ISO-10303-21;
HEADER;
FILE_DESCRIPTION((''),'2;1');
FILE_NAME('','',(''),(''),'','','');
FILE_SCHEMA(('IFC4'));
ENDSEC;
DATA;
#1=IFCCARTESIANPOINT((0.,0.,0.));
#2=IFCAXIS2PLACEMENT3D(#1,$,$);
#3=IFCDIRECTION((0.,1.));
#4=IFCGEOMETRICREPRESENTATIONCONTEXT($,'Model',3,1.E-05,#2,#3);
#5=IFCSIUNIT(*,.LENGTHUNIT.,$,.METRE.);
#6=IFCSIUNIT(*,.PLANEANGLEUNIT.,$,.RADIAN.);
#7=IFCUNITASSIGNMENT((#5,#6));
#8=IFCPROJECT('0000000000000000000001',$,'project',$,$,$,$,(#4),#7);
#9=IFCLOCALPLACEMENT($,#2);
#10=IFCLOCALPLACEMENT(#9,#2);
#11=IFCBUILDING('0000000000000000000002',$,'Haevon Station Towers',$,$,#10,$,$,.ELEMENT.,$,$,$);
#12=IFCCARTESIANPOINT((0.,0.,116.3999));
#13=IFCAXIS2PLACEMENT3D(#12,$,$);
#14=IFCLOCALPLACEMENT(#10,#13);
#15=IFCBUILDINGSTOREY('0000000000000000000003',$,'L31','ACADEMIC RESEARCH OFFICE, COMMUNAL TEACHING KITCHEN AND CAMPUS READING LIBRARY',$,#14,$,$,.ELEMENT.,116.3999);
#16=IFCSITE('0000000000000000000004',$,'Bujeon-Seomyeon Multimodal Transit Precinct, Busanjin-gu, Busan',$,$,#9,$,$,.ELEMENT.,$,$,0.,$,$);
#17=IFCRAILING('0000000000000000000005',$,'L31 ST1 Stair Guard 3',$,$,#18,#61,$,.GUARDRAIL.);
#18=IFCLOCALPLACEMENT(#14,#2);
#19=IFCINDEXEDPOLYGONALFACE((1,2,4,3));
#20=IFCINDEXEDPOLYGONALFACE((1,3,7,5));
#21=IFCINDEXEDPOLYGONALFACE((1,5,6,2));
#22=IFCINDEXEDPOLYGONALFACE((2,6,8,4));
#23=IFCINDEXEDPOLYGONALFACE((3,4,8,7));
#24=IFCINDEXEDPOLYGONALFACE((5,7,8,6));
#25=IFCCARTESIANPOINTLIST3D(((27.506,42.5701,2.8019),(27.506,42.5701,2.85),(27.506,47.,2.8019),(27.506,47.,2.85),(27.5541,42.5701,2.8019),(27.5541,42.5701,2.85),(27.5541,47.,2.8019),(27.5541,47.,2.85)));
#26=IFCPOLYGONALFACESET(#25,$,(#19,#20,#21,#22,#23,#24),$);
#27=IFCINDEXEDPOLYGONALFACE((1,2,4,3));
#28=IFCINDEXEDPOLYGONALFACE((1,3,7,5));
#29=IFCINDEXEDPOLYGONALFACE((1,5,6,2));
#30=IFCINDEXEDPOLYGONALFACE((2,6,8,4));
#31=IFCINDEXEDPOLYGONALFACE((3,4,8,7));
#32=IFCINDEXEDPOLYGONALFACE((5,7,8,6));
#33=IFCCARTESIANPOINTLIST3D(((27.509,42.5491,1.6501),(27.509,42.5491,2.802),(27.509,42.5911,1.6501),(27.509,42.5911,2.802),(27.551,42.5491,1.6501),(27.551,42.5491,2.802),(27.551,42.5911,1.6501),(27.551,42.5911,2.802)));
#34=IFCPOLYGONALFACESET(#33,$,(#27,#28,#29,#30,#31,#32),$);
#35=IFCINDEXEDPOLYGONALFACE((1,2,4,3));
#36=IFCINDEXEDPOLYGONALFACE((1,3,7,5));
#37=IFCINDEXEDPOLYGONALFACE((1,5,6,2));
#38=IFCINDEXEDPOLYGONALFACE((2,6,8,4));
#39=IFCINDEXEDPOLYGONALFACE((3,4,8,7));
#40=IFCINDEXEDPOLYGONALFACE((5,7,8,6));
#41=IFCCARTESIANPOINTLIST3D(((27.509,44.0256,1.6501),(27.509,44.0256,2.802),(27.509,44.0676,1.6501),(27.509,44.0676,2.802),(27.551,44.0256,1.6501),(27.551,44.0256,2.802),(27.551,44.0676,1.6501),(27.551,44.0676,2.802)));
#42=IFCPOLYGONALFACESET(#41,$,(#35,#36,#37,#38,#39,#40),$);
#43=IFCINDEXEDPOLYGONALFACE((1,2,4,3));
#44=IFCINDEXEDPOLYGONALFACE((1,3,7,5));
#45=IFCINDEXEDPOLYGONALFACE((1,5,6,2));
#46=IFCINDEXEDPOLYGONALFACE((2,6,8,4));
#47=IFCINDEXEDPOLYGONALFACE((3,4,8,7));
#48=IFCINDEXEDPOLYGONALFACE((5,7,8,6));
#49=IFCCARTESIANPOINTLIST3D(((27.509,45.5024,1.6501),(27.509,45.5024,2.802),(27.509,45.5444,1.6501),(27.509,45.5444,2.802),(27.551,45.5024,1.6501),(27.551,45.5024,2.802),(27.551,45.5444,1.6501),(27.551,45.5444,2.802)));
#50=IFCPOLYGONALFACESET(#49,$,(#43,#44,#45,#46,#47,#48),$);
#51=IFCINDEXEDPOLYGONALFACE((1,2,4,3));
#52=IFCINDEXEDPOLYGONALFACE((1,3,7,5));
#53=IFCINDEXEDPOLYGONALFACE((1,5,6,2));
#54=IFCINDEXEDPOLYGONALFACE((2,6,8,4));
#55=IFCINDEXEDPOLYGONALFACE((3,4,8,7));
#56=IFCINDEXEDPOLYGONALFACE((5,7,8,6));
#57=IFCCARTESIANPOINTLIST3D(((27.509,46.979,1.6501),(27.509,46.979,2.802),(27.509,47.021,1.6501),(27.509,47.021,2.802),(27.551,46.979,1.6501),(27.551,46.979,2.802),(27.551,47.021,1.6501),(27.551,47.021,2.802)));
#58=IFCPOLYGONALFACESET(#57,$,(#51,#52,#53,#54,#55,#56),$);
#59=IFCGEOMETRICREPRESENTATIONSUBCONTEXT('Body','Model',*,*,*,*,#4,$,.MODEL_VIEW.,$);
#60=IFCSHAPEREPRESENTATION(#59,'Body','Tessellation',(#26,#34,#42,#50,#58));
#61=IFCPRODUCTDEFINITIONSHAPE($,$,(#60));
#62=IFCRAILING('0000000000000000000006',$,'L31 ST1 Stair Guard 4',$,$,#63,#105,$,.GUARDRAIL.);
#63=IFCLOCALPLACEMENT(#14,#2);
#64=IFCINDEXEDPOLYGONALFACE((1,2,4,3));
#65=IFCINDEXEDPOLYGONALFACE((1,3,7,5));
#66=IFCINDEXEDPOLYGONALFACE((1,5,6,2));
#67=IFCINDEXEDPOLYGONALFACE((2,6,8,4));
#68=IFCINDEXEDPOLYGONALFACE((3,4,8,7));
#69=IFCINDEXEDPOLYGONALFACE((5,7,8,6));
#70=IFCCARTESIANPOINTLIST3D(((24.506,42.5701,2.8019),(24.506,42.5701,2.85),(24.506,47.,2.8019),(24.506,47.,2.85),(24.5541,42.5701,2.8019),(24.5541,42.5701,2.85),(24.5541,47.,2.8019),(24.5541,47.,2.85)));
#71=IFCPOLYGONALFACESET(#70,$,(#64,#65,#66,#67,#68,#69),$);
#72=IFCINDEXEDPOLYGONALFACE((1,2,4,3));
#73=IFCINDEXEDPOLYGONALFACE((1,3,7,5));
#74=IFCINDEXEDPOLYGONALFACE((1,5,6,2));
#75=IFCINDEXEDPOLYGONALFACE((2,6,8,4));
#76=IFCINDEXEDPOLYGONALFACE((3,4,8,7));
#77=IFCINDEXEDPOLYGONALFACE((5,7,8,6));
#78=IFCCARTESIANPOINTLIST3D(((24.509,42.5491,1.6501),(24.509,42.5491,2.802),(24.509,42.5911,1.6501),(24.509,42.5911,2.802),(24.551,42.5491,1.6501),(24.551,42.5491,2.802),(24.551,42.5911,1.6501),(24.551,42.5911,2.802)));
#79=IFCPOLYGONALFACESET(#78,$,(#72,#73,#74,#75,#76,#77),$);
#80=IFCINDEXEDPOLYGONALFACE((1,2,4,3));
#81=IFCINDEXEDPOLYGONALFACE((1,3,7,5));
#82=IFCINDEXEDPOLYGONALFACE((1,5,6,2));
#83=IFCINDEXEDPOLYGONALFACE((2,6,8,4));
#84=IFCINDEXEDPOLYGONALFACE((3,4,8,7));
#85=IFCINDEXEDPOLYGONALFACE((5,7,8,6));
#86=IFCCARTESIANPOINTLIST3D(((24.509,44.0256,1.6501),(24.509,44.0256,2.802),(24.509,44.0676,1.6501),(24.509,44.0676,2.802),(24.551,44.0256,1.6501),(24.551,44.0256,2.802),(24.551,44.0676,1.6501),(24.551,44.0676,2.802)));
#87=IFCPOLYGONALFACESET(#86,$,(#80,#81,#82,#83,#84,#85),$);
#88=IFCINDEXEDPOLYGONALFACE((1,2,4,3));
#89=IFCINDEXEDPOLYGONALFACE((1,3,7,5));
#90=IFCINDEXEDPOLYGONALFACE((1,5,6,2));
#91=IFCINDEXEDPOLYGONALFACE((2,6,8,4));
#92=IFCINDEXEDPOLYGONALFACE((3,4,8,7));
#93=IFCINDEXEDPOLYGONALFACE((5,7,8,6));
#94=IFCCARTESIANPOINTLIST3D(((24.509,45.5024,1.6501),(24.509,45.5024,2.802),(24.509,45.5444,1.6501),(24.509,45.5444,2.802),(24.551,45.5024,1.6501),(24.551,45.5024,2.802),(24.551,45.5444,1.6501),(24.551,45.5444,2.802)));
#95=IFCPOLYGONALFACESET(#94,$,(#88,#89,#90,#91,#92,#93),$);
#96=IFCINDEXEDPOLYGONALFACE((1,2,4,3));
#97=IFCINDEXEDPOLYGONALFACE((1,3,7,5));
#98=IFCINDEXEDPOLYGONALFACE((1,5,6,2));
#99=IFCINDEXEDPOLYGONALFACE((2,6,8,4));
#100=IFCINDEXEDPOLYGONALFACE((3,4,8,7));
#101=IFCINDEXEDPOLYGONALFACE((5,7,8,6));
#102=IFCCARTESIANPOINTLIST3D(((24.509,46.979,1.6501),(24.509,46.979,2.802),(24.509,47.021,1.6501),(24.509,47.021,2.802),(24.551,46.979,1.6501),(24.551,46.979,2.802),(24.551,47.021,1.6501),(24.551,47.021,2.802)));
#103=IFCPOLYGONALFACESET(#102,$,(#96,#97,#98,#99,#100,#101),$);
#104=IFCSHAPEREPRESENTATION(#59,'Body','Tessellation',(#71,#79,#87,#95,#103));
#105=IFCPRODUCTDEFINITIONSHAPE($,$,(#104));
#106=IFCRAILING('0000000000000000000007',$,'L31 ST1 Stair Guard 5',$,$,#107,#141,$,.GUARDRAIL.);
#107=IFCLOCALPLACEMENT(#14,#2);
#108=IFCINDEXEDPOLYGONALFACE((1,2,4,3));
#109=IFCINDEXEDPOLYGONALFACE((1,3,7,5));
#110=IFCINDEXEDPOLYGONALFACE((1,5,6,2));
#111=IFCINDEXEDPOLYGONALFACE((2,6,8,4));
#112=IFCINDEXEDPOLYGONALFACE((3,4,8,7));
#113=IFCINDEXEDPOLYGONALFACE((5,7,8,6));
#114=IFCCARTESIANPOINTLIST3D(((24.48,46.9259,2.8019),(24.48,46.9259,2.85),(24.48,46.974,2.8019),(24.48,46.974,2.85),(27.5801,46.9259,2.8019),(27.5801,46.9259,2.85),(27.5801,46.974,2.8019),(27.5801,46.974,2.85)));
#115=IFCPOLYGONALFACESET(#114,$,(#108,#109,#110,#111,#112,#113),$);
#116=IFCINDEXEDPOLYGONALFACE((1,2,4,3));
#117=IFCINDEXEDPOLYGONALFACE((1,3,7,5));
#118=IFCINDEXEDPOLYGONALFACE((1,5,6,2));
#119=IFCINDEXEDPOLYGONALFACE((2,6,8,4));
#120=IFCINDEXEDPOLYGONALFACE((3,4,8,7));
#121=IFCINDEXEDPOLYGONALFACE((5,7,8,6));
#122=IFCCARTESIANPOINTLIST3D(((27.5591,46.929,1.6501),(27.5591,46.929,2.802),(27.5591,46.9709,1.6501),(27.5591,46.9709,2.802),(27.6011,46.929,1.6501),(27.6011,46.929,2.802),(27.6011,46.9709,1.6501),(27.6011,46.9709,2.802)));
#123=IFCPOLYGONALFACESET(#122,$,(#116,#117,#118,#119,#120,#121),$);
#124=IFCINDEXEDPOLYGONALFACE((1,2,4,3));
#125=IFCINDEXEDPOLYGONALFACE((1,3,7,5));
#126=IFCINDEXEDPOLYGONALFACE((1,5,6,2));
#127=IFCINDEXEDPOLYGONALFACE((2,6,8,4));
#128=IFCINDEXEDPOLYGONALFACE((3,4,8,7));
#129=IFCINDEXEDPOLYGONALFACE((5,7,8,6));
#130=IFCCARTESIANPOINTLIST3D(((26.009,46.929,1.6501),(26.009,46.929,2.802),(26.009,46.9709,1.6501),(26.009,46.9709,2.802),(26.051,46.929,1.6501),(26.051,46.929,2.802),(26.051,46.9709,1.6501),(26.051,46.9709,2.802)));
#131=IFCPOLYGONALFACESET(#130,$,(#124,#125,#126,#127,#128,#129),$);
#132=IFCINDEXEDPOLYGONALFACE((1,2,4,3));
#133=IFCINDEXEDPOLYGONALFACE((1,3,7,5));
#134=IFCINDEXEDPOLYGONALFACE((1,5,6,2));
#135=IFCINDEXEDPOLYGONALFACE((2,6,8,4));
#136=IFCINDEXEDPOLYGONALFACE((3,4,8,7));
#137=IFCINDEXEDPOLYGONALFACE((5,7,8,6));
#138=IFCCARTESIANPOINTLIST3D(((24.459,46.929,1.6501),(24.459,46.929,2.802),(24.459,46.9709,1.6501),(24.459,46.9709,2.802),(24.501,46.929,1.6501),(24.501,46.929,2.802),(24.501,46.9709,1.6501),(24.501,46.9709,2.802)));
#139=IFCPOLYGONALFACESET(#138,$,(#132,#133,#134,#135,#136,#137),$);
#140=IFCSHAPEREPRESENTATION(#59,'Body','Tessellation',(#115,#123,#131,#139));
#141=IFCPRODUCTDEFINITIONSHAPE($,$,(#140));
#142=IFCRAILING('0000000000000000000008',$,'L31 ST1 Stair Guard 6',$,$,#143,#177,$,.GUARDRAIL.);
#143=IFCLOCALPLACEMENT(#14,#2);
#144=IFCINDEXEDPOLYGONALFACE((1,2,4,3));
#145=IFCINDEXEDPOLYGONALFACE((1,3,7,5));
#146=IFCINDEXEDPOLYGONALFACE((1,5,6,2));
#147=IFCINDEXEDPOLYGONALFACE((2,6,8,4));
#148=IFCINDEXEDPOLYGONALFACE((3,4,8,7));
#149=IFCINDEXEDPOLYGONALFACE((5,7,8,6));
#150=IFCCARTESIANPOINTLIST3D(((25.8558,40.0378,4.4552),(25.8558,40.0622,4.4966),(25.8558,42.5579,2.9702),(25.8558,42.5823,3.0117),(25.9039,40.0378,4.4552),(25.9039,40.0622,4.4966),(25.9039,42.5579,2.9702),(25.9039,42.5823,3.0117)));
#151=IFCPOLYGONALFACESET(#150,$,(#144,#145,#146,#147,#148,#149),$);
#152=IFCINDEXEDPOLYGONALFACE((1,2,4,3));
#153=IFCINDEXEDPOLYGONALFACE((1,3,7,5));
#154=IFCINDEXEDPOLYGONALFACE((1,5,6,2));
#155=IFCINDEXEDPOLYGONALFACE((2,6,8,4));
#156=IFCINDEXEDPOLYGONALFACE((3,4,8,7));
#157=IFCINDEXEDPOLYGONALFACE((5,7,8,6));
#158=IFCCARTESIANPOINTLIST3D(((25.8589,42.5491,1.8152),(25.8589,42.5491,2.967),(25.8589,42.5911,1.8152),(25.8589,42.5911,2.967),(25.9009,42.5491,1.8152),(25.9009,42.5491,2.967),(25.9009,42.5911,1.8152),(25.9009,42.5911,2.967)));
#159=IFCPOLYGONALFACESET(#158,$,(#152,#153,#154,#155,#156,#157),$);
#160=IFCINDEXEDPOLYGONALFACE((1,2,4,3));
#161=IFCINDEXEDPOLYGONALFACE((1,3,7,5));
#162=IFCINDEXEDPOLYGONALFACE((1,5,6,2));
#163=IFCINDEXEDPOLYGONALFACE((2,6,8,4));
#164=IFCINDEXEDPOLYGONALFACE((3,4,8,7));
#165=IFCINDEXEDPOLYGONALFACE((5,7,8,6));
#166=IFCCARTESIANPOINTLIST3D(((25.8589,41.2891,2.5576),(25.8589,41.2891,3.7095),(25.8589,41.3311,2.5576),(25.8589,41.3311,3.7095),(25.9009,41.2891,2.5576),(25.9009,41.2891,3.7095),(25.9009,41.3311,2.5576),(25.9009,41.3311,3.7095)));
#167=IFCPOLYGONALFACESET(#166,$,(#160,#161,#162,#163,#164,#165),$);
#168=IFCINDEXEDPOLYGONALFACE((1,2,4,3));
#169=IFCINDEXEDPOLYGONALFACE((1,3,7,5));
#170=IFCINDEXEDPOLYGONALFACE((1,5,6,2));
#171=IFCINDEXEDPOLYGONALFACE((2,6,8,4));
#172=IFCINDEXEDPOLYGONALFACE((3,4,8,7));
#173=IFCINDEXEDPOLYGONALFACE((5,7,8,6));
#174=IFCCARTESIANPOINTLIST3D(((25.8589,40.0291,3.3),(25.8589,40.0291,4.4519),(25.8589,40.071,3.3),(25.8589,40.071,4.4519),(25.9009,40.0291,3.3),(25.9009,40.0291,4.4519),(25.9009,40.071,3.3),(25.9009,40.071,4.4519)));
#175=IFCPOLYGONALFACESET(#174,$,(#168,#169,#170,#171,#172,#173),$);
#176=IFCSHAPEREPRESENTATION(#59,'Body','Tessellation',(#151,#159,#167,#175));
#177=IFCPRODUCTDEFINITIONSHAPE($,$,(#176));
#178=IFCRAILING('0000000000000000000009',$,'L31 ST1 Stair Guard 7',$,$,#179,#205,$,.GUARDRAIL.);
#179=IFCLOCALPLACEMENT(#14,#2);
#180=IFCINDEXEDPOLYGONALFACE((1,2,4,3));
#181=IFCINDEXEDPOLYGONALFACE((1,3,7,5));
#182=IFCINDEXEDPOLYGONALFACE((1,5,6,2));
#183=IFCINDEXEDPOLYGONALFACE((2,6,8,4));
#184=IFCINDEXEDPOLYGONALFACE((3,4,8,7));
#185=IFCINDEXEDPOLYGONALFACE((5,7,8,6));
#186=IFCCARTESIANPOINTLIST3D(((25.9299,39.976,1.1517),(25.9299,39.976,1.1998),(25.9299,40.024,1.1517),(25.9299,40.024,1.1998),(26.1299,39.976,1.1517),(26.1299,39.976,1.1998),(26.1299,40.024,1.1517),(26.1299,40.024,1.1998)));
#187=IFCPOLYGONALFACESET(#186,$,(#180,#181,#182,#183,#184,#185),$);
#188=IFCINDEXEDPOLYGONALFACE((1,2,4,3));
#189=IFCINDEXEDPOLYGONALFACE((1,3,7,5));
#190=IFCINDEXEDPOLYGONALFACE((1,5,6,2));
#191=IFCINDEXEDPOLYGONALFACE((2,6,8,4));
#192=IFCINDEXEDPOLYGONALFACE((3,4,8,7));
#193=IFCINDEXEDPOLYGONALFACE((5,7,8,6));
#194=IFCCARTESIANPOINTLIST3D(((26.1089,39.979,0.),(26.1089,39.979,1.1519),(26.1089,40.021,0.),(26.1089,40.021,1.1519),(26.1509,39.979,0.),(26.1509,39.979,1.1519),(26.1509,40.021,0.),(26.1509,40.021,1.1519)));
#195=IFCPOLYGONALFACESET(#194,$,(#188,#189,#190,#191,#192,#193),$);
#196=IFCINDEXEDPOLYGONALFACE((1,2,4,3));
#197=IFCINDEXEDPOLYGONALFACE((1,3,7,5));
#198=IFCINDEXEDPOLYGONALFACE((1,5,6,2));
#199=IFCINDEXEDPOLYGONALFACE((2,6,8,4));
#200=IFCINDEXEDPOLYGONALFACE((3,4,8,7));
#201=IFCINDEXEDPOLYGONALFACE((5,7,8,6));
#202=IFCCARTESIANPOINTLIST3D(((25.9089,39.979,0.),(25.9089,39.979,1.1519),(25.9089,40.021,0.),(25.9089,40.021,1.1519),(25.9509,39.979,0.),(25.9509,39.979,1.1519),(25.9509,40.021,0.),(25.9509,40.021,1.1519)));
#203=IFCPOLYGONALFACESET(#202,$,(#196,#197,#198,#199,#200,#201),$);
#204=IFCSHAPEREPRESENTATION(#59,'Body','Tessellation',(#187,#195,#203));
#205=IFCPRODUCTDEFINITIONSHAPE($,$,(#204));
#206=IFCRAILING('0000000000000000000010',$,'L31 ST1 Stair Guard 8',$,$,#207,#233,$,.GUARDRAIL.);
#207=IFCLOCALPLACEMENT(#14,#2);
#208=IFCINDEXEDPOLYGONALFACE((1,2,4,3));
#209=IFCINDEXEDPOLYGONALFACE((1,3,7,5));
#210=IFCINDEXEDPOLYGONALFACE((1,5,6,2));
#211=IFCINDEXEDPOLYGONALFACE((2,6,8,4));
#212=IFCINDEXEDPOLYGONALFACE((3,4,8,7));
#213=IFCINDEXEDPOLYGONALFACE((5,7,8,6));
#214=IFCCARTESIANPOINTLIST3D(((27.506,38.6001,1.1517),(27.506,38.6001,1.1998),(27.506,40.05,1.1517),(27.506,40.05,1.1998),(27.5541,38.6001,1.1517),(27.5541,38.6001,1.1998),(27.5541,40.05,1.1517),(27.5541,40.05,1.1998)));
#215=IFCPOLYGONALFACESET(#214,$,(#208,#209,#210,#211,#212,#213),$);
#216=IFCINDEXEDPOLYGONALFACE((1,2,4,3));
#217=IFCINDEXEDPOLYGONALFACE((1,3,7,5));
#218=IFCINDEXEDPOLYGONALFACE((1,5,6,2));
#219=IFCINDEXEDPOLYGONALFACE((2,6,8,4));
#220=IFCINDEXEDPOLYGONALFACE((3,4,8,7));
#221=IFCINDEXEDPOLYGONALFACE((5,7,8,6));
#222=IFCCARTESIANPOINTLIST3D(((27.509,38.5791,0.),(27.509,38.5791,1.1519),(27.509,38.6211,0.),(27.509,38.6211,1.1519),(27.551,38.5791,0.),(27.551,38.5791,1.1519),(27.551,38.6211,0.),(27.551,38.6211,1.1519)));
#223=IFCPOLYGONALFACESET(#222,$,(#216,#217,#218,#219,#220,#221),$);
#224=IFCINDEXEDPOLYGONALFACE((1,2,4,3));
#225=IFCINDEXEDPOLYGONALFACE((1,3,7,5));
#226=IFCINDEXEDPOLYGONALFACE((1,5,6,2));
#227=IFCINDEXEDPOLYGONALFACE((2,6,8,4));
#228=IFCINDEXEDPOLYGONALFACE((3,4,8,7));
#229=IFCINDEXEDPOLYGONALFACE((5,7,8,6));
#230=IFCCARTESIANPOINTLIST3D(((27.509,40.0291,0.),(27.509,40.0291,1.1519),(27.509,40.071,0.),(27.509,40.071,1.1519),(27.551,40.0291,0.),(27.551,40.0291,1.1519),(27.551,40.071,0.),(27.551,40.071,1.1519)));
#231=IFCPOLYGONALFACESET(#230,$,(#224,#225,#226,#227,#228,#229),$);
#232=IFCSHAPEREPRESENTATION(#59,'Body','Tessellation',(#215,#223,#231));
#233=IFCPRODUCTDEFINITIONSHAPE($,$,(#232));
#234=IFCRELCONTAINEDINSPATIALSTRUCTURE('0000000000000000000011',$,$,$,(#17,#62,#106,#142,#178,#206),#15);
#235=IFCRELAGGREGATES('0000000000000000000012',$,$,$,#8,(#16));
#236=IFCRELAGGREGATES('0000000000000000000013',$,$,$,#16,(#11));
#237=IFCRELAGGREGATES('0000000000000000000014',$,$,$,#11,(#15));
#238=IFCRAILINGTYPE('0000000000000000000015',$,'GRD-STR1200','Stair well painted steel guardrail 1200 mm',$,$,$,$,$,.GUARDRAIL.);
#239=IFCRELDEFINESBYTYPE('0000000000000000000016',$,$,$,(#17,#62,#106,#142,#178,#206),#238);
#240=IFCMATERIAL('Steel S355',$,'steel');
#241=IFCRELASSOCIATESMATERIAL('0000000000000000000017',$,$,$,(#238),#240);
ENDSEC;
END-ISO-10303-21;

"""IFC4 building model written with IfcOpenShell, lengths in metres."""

from ifc_helpers import new_model, si_unit, direction, frame, origin, origin_2d, place, context, subcontext, project, spatial, rectangle, extrude, material, type_object, element, save


model = new_model("IFC4")

# Units and contexts
model_context = context("Model", 3, precision=1e-05, world=origin(), true_north=direction((0.0, 1.0)))
body_context = subcontext(model_context, "Body", "Model", "MODEL_VIEW")
ifc_project = project(units=[si_unit("LENGTHUNIT", "METRE"), si_unit("PLANEANGLEUNIT", "RADIAN")], contexts=[model_context])

# Site, building, storey
site_placement = place(None, origin())
site = spatial("IfcSite", under=ifc_project, at=site_placement, Name="Bujeon-Seomyeon Multimodal Transit Precinct, Busanjin-gu, Busan", CompositionType="ELEMENT", RefElevation=0.0)
building_placement = place(site_placement, origin())
building = spatial("IfcBuilding", under=site, at=building_placement, Name="Haevon Station Towers", CompositionType="ELEMENT")
storey_placement = place(building_placement, frame((0.0, 0.0, 116.3999)))
storey = spatial("IfcBuildingStorey", under=building, at=storey_placement, Name="L31", Description="ACADEMIC RESEARCH OFFICE, COMMUNAL TEACHING KITCHEN AND CAMPUS READING LIBRARY", CompositionType="ELEMENT", Elevation=116.3999)

# Shared definitions
ifc_material_1 = material(Name="Steel S355", Category="steel")

# Railings
railing_type_1 = type_object("IfcRailingType", Name="GRD-STR1200", Description="Stair well painted steel guardrail 1200 mm", PredefinedType="GUARDRAIL", material=ifc_material_1)
for number, where, name in (
    (1, (27.53, 42.5701, 1.6501), "L31 ST1 Stair Guard 3"),
    (2, (24.53, 42.5701, 1.6501), "L31 ST1 Stair Guard 4"),
):
    element("IfcRailing", number, at=place(storey_placement, frame(where)), inside=storey, type_object=railing_type_1, Name=name, PredefinedType="GUARDRAIL", context=body_context, shape_type="SweptSolid", body=[
        extrude(rectangle(XDim=0.0481, YDim=0.0481, at=origin_2d()), frame((0.0, 0.0, 1.1758), z_axis=(0.0, 1.0, 0.0), x_axis=(-1.0, 0.0, 0.0)), (0.0, 0.0, 1.0), 4.4299),
        extrude(rectangle(XDim=0.042, YDim=0.042, at=origin_2d()), origin(), (0.0, 0.0, 1.0), 1.1519),
        extrude(rectangle(XDim=0.042, YDim=0.042, at=origin_2d()), frame((0.0, 1.4766, 0.0)), (0.0, 0.0, 1.0), 1.1519),
        extrude(rectangle(XDim=0.042, YDim=0.042, at=origin_2d()), frame((0.0, 2.9534, 0.0)), (0.0, 0.0, 1.0), 1.1519),
        extrude(rectangle(XDim=0.042, YDim=0.042, at=origin_2d()), frame((0.0, 4.4299, 0.0)), (0.0, 0.0, 1.0), 1.1519),
    ])
railing_1_placement = place(storey_placement, frame((27.5801, 46.95, 1.6501)))
element("IfcRailing", 3, at=railing_1_placement, inside=storey, type_object=railing_type_1, Name="L31 ST1 Stair Guard 5", PredefinedType="GUARDRAIL", context=body_context, shape_type="SweptSolid", body=[
    extrude(rectangle(XDim=0.0481, YDim=0.0481, at=origin_2d()), frame((0.0, 0.0, 1.1758), z_axis=(-1.0, 0.0, 0.0), x_axis=(0.0, -1.0, 0.0)), (0.0, 0.0, 1.0), 3.1001),
    extrude(rectangle(XDim=0.042, YDim=0.042, at=origin_2d()), origin(), (0.0, 0.0, 1.0), 1.1519),
    extrude(rectangle(XDim=0.042, YDim=0.042, at=origin_2d()), frame((-1.55, 0.0, 0.0)), (0.0, 0.0, 1.0), 1.1519),
    extrude(rectangle(XDim=0.042, YDim=0.042, at=origin_2d()), frame((-3.1001, 0.0, 0.0)), (0.0, 0.0, 1.0), 1.1519),
])
railing_2_placement = place(storey_placement, frame((25.8799, 42.5701, 1.8152)))
element("IfcRailing", 4, at=railing_2_placement, inside=storey, type_object=railing_type_1, Name="L31 ST1 Stair Guard 6", PredefinedType="GUARDRAIL", context=body_context, shape_type="SweptSolid", body=[
    extrude(rectangle(XDim=0.0481, YDim=0.0481, at=origin_2d()), frame((0.0, 0.0, 1.1758), z_axis=(0.0, -0.861561, 0.507655), x_axis=(1.0, 0.0, 0.0)), (0.0, 0.0, 1.0), 2.925),
    extrude(rectangle(XDim=0.042, YDim=0.042, at=origin_2d()), origin(), (0.0, 0.0, 1.0), 1.1519),
    extrude(rectangle(XDim=0.042, YDim=0.042, at=origin_2d()), frame((0.0, -1.26, 0.7424)), (0.0, 0.0, 1.0), 1.1519),
    extrude(rectangle(XDim=0.042, YDim=0.042, at=origin_2d()), frame((0.0, -2.52, 1.4849)), (0.0, 0.0, 1.0), 1.1519),
])
railing_3_placement = place(storey_placement, frame((26.1299, 40.0, 0.0)))
element("IfcRailing", 5, at=railing_3_placement, inside=storey, type_object=railing_type_1, Name="L31 ST1 Stair Guard 7", PredefinedType="GUARDRAIL", context=body_context, shape_type="SweptSolid", body=[
    extrude(rectangle(XDim=0.0481, YDim=0.0481, at=origin_2d()), frame((0.0, 0.0, 1.1758), z_axis=(-1.0, 0.0, 0.0), x_axis=(0.0, -1.0, 0.0)), (0.0, 0.0, 1.0), 0.2),
    extrude(rectangle(XDim=0.042, YDim=0.042, at=origin_2d()), origin(), (0.0, 0.0, 1.0), 1.1519),
    extrude(rectangle(XDim=0.042, YDim=0.042, at=origin_2d()), frame((-0.2, 0.0, 0.0)), (0.0, 0.0, 1.0), 1.1519),
])
railing_4_placement = place(storey_placement, frame((27.53, 38.6001, 0.0)))
element("IfcRailing", 6, at=railing_4_placement, inside=storey, type_object=railing_type_1, Name="L31 ST1 Stair Guard 8", PredefinedType="GUARDRAIL", context=body_context, shape_type="SweptSolid", body=[
    extrude(rectangle(XDim=0.0481, YDim=0.0481, at=origin_2d()), frame((0.0, 0.0, 1.1758), z_axis=(0.0, 1.0, 0.0), x_axis=(-1.0, 0.0, 0.0)), (0.0, 0.0, 1.0), 1.45),
    extrude(rectangle(XDim=0.042, YDim=0.042, at=origin_2d()), origin(), (0.0, 0.0, 1.0), 1.1519),
    extrude(rectangle(XDim=0.042, YDim=0.042, at=origin_2d()), frame((0.0, 1.45, 0.0)), (0.0, 0.0, 1.0), 1.1519),
])

save(model, "model.ifc")
